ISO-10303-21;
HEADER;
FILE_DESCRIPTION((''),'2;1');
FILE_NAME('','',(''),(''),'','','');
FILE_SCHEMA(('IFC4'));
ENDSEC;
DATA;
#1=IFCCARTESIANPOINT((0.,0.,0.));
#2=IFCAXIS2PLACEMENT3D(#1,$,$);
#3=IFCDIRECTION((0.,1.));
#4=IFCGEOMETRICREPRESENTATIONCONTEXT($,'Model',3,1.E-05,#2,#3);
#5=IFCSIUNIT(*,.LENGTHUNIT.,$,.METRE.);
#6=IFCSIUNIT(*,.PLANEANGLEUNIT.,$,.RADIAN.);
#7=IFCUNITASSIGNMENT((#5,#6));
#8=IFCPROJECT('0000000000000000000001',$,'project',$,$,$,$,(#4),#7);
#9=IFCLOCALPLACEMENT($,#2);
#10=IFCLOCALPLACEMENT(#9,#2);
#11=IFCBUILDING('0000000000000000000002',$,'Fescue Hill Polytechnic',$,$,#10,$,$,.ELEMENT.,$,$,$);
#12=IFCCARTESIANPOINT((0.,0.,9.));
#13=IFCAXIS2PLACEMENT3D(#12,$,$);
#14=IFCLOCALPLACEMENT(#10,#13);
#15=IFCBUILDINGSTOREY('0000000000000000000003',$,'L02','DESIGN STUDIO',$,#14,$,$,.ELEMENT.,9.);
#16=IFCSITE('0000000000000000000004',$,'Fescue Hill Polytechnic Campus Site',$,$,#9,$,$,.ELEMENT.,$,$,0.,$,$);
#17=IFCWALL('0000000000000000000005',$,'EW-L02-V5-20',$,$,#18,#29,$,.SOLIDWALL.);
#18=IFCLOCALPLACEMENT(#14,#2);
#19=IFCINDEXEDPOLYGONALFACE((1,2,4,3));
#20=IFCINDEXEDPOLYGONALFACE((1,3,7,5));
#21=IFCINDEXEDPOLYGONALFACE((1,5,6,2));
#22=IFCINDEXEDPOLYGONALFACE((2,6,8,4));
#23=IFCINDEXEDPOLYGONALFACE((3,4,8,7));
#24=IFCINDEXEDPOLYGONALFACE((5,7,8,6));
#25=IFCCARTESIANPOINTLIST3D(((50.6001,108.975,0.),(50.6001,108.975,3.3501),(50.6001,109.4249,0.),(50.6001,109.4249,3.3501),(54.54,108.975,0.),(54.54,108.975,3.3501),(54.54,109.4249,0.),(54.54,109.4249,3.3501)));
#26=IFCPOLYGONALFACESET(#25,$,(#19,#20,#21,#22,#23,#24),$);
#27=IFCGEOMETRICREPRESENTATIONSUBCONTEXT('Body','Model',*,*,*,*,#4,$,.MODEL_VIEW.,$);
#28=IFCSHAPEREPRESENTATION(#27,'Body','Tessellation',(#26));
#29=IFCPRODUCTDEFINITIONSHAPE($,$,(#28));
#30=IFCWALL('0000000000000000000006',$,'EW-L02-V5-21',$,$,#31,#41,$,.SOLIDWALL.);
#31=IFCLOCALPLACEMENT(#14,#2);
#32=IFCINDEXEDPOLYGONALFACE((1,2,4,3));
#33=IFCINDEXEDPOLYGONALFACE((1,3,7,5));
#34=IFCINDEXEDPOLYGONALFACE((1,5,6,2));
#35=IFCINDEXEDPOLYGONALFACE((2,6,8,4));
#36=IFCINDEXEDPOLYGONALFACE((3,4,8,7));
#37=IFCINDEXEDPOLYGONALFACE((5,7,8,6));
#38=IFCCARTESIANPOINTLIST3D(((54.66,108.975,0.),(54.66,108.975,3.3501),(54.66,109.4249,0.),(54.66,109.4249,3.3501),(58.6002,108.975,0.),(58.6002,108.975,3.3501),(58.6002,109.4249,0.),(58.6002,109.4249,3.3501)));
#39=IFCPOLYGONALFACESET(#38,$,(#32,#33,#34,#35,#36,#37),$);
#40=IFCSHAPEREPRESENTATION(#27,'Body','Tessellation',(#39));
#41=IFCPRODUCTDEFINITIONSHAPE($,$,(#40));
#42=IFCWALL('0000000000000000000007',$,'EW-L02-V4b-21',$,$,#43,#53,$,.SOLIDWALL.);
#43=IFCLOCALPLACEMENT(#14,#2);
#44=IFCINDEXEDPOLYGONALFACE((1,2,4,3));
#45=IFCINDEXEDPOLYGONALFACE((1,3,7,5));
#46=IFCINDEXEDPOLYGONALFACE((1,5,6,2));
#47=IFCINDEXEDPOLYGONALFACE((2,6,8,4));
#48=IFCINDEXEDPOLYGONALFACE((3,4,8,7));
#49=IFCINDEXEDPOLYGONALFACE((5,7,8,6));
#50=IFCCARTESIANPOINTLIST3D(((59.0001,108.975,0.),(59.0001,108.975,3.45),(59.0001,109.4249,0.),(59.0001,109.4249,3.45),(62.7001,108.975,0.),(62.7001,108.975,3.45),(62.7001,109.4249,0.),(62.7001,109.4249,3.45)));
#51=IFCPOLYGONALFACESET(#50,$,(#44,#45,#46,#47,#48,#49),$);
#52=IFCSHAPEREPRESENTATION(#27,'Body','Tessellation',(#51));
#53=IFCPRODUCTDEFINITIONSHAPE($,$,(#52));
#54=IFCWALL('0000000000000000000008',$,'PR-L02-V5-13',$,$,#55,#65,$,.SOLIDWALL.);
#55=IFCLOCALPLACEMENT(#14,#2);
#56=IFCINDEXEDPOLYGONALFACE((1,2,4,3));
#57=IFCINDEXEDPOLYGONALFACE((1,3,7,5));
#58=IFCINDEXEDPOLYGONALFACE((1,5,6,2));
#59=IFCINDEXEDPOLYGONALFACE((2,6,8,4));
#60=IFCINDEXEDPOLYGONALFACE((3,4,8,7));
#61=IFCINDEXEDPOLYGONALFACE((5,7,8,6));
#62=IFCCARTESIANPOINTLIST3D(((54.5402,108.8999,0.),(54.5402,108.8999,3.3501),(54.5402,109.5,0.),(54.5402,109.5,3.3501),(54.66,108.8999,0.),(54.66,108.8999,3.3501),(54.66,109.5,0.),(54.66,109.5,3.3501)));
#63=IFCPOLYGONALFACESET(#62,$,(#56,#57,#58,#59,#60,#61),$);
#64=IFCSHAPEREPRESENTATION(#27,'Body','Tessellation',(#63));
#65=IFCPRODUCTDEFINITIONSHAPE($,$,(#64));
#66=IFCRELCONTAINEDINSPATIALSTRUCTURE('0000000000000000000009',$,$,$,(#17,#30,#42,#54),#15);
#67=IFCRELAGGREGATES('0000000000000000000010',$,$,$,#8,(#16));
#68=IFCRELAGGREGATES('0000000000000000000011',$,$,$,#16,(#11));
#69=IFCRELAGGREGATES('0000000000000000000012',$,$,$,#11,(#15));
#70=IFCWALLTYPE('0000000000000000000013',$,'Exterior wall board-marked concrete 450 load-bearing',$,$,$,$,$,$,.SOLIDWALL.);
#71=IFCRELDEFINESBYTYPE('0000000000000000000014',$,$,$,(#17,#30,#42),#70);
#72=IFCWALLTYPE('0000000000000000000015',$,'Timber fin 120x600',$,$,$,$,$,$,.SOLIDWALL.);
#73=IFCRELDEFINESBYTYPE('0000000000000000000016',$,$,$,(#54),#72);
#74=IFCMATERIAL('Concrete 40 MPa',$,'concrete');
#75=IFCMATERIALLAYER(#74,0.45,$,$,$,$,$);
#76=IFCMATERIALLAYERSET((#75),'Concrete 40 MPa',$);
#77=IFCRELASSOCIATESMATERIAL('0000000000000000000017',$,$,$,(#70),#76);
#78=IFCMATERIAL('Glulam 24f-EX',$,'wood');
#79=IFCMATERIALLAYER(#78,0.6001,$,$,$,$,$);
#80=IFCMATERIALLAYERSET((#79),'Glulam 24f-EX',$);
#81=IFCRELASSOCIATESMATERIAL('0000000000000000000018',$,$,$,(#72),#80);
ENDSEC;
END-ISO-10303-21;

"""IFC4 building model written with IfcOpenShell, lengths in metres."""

from ifc_helpers import new_model, si_unit, direction, frame, frame_2d, origin, place, context, subcontext, project, spatial, rectangle, extrude, material, layer, layer_set, type_object, element, save


model = new_model("IFC4")

# Units and contexts
model_context = context("Model", 3, precision=1e-05, world=origin(), true_north=direction((0.0, 1.0)))
body_context = subcontext(model_context, "Body", "Model", "MODEL_VIEW")
ifc_project = project(units=[si_unit("LENGTHUNIT", "METRE"), si_unit("PLANEANGLEUNIT", "RADIAN")], contexts=[model_context])

# Site, building, storey
site_placement = place(None, origin())
site = spatial("IfcSite", under=ifc_project, at=site_placement, Name="Fescue Hill Polytechnic Campus Site", CompositionType="ELEMENT", RefElevation=0.0)
building_placement = place(site_placement, origin())
building = spatial("IfcBuilding", under=site, at=building_placement, Name="Fescue Hill Polytechnic", CompositionType="ELEMENT")
storey_placement = place(building_placement, frame((0.0, 0.0, 9.0)))
storey = spatial("IfcBuildingStorey", under=building, at=storey_placement, Name="L02", Description="DESIGN STUDIO", CompositionType="ELEMENT", Elevation=9.0)

# Shared definitions
ifc_material_1 = material(Name="Concrete 40 MPa", Category="concrete")

# Walls
ifc_layer_1 = layer(ifc_material_1, 0.45)
ifc_layer_set_1 = layer_set([ifc_layer_1], Name="Concrete 40 MPa")
wall_type_1 = type_object("IfcWallType", Name="Exterior wall board-marked concrete 450 load-bearing", PredefinedType="SOLIDWALL", material=ifc_layer_set_1)
wall_1_placement = place(storey_placement, frame((50.6001, 109.2, 0.0), z_axis=(0.0, 0.0, 1.0), x_axis=(1.0, 0.0, 0.0)))
element("IfcWall", 1, at=wall_1_placement, inside=storey, type_object=wall_type_1, Name="EW-L02-V5-20", PredefinedType="SOLIDWALL", context=body_context, shape_type="SweptSolid", body=[
    extrude(rectangle(XDim=3.9399, YDim=0.45, at=frame_2d((1.97, 0.0))), origin(), (0.0, 0.0, 1.0), 3.3501),
])
wall_2_placement = place(storey_placement, frame((54.6599, 109.2, 0.0), z_axis=(0.0, 0.0, 1.0), x_axis=(1.0, 0.0, 0.0)))
element("IfcWall", 2, at=wall_2_placement, inside=storey, type_object=wall_type_1, Name="EW-L02-V5-21", PredefinedType="SOLIDWALL", context=body_context, shape_type="SweptSolid", body=[
    extrude(rectangle(XDim=3.9402, YDim=0.45, at=frame_2d((1.9702, 0.0))), origin(), (0.0, 0.0, 1.0), 3.3501),
])
wall_3_placement = place(storey_placement, frame((59.0, 109.2, 0.0), z_axis=(0.0, 0.0, 1.0), x_axis=(1.0, 0.0, 0.0)))
element("IfcWall", 3, at=wall_3_placement, inside=storey, type_object=wall_type_1, Name="EW-L02-V4b-21", PredefinedType="SOLIDWALL", context=body_context, shape_type="SweptSolid", body=[
    extrude(rectangle(XDim=3.7, YDim=0.45, at=frame_2d((1.8501, 0.0))), origin(), (0.0, 0.0, 1.0), 3.45),
])
ifc_material_2 = material(Name="Glulam 24f-EX", Category="wood")
ifc_layer_2 = layer(ifc_material_2, 0.6001)
ifc_layer_set_2 = layer_set([ifc_layer_2], Name="Glulam 24f-EX")
wall_type_2 = type_object("IfcWallType", Name="Timber fin 120x600", PredefinedType="SOLIDWALL", material=ifc_layer_set_2)
wall_4_placement = place(storey_placement, frame((54.54, 109.2, 0.0), z_axis=(0.0, 0.0, 1.0), x_axis=(1.0, 0.0, 0.0)))
element("IfcWall", 4, at=wall_4_placement, inside=storey, type_object=wall_type_2, Name="PR-L02-V5-13", PredefinedType="SOLIDWALL", context=body_context, shape_type="SweptSolid", body=[
    extrude(rectangle(XDim=0.1199, YDim=0.6001, at=frame_2d((0.0601, 0.0))), origin(), (0.0, 0.0, 1.0), 3.3501),
])

save(model, "model.ifc")
